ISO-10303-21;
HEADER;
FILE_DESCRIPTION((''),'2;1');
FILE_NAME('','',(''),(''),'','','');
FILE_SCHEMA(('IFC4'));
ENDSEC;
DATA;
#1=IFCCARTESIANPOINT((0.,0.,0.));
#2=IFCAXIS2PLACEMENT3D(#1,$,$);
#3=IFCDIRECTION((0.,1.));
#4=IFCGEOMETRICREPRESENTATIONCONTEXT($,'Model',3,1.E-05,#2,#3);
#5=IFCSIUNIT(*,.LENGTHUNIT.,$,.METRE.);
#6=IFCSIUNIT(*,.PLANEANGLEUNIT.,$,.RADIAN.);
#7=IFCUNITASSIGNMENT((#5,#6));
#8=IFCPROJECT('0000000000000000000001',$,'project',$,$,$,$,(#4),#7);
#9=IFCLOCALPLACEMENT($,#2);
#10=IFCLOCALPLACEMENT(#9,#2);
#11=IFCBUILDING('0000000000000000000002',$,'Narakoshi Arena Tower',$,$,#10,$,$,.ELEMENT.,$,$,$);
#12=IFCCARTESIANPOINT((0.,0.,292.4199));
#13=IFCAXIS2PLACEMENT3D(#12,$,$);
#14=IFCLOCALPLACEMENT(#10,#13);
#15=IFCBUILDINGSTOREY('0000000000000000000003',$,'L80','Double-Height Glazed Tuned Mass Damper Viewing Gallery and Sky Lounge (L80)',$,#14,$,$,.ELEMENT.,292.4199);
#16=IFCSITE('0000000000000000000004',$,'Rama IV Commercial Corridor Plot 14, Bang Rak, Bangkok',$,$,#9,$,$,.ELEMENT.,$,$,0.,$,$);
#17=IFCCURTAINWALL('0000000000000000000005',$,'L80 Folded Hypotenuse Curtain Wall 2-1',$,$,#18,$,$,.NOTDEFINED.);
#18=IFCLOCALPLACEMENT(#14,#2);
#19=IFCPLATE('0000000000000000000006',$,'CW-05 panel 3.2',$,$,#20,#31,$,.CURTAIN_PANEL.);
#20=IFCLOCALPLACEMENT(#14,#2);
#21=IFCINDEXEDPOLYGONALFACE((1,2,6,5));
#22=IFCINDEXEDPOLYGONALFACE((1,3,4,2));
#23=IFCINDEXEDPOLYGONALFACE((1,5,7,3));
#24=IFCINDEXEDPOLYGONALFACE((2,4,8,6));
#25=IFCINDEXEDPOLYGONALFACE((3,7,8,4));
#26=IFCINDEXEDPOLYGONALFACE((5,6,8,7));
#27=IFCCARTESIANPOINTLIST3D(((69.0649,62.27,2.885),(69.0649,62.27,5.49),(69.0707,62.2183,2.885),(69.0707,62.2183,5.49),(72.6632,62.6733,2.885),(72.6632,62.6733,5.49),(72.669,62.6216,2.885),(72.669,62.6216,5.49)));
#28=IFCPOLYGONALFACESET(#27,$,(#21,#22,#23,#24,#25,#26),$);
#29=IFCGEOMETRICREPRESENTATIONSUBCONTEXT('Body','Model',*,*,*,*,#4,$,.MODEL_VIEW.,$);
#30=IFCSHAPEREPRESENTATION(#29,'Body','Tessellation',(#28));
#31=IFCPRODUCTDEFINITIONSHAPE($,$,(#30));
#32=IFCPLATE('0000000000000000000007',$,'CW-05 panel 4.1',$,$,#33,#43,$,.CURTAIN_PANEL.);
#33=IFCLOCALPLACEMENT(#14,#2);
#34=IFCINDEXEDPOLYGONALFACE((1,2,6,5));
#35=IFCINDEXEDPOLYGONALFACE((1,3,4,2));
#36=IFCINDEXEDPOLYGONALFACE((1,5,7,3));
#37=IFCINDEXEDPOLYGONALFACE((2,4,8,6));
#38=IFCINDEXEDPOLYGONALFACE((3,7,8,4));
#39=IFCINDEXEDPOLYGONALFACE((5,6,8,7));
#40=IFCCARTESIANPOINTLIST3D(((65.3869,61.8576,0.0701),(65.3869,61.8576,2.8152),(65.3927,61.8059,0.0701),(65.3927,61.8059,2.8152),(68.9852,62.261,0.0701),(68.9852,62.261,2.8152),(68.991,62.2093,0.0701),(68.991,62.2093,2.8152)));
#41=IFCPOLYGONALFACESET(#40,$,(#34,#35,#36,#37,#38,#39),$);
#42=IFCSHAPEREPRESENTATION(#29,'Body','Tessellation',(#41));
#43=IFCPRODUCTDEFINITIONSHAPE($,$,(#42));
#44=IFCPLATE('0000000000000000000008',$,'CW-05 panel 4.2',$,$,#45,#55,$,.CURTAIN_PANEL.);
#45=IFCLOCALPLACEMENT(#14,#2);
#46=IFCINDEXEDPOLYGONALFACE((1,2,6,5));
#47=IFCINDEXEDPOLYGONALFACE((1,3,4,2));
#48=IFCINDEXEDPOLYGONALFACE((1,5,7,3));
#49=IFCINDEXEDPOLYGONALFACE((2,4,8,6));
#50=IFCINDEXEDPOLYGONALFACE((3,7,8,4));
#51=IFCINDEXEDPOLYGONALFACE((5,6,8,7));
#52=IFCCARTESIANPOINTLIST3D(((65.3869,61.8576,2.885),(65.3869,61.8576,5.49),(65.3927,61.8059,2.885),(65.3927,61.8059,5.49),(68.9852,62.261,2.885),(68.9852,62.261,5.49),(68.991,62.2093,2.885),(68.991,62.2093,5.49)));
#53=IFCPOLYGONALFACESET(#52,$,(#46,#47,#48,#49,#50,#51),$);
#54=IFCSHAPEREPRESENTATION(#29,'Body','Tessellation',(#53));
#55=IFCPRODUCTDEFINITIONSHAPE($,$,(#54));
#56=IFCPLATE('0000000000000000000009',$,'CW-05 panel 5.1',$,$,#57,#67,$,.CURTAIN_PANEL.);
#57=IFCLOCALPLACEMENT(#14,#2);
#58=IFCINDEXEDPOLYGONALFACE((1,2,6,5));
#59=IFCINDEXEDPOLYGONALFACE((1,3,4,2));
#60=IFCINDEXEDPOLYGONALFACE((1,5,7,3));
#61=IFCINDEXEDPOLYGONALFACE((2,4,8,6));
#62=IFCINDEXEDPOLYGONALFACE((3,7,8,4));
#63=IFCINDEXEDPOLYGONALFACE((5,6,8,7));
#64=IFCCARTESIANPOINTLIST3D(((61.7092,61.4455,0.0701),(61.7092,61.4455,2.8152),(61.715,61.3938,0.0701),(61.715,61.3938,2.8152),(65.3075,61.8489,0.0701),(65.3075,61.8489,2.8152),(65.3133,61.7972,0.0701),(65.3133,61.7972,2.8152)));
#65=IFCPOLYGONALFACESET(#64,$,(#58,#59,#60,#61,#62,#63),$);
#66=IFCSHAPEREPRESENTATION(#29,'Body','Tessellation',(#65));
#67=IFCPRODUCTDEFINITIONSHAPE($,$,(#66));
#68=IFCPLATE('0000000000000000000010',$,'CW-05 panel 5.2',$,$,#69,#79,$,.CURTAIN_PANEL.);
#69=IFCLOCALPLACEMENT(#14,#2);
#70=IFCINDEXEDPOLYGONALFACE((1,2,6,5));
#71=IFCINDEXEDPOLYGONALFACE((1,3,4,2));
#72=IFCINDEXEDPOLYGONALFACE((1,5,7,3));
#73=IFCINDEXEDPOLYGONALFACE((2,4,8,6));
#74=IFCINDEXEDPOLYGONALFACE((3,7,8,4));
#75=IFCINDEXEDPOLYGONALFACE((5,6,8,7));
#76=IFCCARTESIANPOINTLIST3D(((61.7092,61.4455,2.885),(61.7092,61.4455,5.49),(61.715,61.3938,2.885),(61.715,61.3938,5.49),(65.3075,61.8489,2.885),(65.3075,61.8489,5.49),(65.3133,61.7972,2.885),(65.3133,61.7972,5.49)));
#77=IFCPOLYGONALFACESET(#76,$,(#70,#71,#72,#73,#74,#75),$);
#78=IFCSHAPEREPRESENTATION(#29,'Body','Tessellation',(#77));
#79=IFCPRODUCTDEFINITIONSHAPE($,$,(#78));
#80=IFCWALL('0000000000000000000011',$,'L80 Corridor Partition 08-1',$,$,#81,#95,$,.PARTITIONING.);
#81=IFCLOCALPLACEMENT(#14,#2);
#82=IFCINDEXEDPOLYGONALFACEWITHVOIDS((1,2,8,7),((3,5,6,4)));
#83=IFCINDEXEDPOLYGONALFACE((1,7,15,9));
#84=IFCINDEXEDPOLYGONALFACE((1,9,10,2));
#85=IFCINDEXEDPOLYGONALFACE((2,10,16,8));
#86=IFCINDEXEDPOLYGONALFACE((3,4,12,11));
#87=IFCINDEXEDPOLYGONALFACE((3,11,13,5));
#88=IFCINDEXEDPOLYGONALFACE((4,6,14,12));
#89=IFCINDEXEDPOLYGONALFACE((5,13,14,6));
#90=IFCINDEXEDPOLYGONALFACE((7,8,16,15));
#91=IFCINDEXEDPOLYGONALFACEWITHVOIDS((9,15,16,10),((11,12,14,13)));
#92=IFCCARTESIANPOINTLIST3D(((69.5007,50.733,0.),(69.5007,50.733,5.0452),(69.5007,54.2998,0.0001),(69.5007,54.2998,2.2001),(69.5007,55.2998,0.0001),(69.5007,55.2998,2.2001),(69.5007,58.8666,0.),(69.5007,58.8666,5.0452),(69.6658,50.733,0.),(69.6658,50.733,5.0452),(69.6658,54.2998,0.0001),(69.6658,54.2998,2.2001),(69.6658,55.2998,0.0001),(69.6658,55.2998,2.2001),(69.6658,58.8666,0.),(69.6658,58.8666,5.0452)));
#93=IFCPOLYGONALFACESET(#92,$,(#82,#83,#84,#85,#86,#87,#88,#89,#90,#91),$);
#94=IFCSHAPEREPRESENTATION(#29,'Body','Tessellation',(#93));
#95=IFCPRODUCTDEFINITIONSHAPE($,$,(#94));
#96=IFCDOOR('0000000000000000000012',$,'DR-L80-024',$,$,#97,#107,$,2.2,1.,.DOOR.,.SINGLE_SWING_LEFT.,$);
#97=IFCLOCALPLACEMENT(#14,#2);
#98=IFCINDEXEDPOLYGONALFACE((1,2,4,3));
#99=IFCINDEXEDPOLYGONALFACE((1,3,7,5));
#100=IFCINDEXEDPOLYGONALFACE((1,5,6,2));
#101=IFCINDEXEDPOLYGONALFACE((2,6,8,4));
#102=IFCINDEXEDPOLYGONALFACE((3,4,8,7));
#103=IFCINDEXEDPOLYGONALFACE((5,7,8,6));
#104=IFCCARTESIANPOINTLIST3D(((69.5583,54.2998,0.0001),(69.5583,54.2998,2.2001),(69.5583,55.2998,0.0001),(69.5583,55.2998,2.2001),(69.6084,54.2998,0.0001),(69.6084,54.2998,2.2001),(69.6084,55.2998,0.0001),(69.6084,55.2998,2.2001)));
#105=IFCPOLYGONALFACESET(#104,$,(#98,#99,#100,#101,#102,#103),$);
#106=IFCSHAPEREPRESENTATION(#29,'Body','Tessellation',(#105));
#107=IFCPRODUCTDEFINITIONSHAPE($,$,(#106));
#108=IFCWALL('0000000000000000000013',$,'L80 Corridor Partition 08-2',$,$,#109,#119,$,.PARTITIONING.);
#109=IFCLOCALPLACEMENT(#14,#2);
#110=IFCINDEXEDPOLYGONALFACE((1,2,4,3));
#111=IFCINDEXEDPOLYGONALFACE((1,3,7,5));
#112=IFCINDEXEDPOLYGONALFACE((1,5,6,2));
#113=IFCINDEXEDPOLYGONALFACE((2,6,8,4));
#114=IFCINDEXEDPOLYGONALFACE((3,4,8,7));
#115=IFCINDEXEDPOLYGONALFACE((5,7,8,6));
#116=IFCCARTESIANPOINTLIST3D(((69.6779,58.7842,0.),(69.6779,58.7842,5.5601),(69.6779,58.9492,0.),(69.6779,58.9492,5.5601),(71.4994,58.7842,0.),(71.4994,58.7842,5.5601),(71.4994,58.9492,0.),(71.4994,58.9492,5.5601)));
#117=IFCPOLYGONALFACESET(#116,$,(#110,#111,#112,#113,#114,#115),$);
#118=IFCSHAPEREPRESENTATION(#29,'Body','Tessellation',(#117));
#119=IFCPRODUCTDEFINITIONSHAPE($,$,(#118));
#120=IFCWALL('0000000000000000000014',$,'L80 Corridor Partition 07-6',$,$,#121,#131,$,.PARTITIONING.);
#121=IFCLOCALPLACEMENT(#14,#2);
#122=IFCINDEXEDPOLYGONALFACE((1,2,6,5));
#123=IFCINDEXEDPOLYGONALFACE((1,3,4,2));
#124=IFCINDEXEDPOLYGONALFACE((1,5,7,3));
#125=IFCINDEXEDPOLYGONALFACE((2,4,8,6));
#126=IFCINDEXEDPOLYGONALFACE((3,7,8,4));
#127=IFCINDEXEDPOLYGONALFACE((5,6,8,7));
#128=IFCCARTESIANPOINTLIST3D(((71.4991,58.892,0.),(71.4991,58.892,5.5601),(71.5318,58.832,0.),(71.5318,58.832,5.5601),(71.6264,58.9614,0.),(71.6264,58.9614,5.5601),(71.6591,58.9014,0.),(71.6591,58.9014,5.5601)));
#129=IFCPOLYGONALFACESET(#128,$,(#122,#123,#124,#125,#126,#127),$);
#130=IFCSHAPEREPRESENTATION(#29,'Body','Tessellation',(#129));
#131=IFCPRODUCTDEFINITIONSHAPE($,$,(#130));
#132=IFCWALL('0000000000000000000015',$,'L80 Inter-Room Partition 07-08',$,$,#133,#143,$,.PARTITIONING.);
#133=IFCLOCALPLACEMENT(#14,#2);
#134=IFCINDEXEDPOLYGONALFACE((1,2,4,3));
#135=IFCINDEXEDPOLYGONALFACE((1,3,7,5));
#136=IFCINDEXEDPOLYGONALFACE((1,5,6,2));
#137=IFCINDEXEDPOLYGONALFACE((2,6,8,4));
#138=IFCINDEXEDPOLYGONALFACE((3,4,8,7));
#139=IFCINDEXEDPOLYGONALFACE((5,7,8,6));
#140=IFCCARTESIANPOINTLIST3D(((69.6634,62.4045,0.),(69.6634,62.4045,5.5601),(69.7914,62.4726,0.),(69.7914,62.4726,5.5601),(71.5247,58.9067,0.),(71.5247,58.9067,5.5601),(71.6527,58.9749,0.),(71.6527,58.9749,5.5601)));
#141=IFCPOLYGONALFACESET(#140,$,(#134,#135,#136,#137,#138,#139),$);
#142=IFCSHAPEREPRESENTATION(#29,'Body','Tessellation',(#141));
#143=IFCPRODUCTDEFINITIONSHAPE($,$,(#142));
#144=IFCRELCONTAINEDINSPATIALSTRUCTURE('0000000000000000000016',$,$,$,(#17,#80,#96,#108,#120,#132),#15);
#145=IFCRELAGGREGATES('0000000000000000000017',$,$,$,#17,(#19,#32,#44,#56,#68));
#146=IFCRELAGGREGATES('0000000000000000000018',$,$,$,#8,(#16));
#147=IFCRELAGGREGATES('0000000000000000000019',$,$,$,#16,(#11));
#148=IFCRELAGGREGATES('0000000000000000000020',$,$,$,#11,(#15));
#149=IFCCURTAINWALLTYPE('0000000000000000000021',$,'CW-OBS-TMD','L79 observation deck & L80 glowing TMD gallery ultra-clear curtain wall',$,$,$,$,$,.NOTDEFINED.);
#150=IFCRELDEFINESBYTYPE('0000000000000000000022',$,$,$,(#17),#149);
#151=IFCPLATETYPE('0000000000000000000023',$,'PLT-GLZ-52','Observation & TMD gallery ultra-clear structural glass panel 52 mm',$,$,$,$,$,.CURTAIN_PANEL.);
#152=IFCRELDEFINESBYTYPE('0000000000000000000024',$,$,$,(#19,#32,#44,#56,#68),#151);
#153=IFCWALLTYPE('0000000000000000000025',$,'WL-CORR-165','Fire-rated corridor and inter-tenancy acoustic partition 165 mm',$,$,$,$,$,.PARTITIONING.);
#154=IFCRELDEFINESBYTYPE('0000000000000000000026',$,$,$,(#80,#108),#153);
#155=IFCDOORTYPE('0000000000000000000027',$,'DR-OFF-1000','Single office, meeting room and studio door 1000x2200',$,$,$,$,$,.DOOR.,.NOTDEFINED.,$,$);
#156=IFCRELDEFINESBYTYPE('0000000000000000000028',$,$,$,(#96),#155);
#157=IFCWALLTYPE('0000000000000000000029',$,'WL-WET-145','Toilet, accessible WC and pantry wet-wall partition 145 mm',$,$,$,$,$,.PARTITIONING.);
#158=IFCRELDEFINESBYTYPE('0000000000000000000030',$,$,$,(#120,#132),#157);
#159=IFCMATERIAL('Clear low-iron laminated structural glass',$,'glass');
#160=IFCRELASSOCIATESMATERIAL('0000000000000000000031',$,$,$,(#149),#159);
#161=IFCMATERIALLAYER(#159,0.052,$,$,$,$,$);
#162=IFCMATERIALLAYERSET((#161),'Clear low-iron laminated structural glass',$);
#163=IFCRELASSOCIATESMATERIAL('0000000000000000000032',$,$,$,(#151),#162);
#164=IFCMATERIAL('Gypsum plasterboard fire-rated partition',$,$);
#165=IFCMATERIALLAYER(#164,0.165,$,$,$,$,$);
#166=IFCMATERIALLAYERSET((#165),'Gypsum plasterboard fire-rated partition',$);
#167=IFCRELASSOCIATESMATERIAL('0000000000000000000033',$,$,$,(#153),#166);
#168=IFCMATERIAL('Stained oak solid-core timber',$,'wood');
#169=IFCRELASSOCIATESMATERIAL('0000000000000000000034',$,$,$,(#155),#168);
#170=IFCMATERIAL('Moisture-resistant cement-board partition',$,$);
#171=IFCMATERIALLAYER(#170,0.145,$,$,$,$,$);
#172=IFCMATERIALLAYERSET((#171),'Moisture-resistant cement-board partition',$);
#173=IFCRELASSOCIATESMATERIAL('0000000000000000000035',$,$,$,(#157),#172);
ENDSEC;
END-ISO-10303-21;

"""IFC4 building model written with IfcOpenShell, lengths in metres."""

from ifc_helpers import new_model, si_unit, direction, frame, frame_2d, origin, origin_2d, place, context, subcontext, project, spatial, rectangle, extrude, material, layer, layer_set, type_object, element, fill, aggregate, save


model = new_model("IFC4")

# Units and contexts
model_context = context("Model", 3, precision=1e-05, world=origin(), true_north=direction((0.0, 1.0)))
body_context = subcontext(model_context, "Body", "Model", "MODEL_VIEW")
ifc_project = project(units=[si_unit("LENGTHUNIT", "METRE"), si_unit("PLANEANGLEUNIT", "RADIAN")], contexts=[model_context])

# Site, building, storey
site_placement = place(None, origin())
site = spatial("IfcSite", under=ifc_project, at=site_placement, Name="Rama IV Commercial Corridor Plot 14, Bang Rak, Bangkok", CompositionType="ELEMENT", RefElevation=0.0)
building_placement = place(site_placement, origin())
building = spatial("IfcBuilding", under=site, at=building_placement, Name="Narakoshi Arena Tower", CompositionType="ELEMENT")
storey_placement = place(building_placement, frame((0.0, 0.0, 292.4199)))
storey = spatial("IfcBuildingStorey", under=building, at=storey_placement, Name="L80", Description="Double-Height Glazed Tuned Mass Damper Viewing Gallery and Sky Lounge (L80)", CompositionType="ELEMENT", Elevation=292.4199)

# Curtain wall, plates
ifc_material_1 = material(Name="Clear low-iron laminated structural glass", Category="glass")
curtain_wall_type = type_object("IfcCurtainWallType", Name="CW-OBS-TMD", Description="L79 observation deck & L80 glowing TMD gallery ultra-clear curtain wall", PredefinedType="NOTDEFINED", material=ifc_material_1)
curtain_wall_placement = place(storey_placement, origin())
curtain_wall = element("IfcCurtainWall", 1, at=curtain_wall_placement, inside=storey, type_object=curtain_wall_type, Name="L80 Folded Hypotenuse Curtain Wall 2-1", PredefinedType="NOTDEFINED")
ifc_layer_1 = layer(ifc_material_1, 0.052)
ifc_layer_set_1 = layer_set([ifc_layer_1], Name="Clear low-iron laminated structural glass")
plate_type = type_object("IfcPlateType", Name="PLT-GLZ-52", Description="Observation & TMD gallery ultra-clear structural glass panel 52 mm", PredefinedType="CURTAIN_PANEL", material=ifc_layer_set_1)
plate_1_placement = place(storey_placement, frame((70.8669, 62.4458, 2.885), z_axis=(0.0, 0.0, 1.0), x_axis=(-0.993776, -0.111397, 0.0)))
plate_1 = element("IfcPlate", 2, at=plate_1_placement, type_object=plate_type, Name="CW-05 panel 3.2", PredefinedType="CURTAIN_PANEL", context=body_context, shape_type="SweptSolid", body=[
    extrude(rectangle(XDim=3.6208, YDim=0.052, at=origin_2d()), origin(), (0.0, 0.0, 1.0), 2.605),
])
plate_2_placement = place(storey_placement, frame((67.189, 62.0334, 0.0701), z_axis=(0.0, 0.0, 1.0), x_axis=(-0.993776, -0.111397, 0.0)))
plate_2 = element("IfcPlate", 3, at=plate_2_placement, type_object=plate_type, Name="CW-05 panel 4.1", PredefinedType="CURTAIN_PANEL", context=body_context, shape_type="SweptSolid", body=[
    extrude(rectangle(XDim=3.6208, YDim=0.052, at=origin_2d()), origin(), (0.0, 0.0, 1.0), 2.7451),
])
plate_3_placement = place(storey_placement, frame((67.189, 62.0334, 2.885), z_axis=(0.0, 0.0, 1.0), x_axis=(-0.993776, -0.111397, 0.0)))
plate_3 = element("IfcPlate", 4, at=plate_3_placement, type_object=plate_type, Name="CW-05 panel 4.2", PredefinedType="CURTAIN_PANEL", context=body_context, shape_type="SweptSolid", body=[
    extrude(rectangle(XDim=3.6208, YDim=0.052, at=origin_2d()), origin(), (0.0, 0.0, 1.0), 2.605),
])
plate_4_placement = place(storey_placement, frame((63.5112, 61.6213, 0.0701), z_axis=(0.0, 0.0, 1.0), x_axis=(-0.993776, -0.111397, 0.0)))
plate_4 = element("IfcPlate", 5, at=plate_4_placement, type_object=plate_type, Name="CW-05 panel 5.1", PredefinedType="CURTAIN_PANEL", context=body_context, shape_type="SweptSolid", body=[
    extrude(rectangle(XDim=3.6208, YDim=0.052, at=origin_2d()), origin(), (0.0, 0.0, 1.0), 2.7451),
])
plate_5_placement = place(storey_placement, frame((63.5112, 61.6213, 2.885), z_axis=(0.0, 0.0, 1.0), x_axis=(-0.993776, -0.111397, 0.0)))
plate_5 = element("IfcPlate", 6, at=plate_5_placement, type_object=plate_type, Name="CW-05 panel 5.2", PredefinedType="CURTAIN_PANEL", context=body_context, shape_type="SweptSolid", body=[
    extrude(rectangle(XDim=3.6208, YDim=0.052, at=origin_2d()), origin(), (0.0, 0.0, 1.0), 2.605),
])
aggregate(curtain_wall, [plate_1, plate_2, plate_3, plate_4, plate_5])

# Wall, opening, door
ifc_material_2 = material(Name="Gypsum plasterboard fire-rated partition")
ifc_layer_2 = layer(ifc_material_2, 0.165)
ifc_layer_set_2 = layer_set([ifc_layer_2], Name="Gypsum plasterboard fire-rated partition")
wall_type_1 = type_object("IfcWallType", Name="WL-CORR-165", Description="Fire-rated corridor and inter-tenancy acoustic partition 165 mm", PredefinedType="PARTITIONING", material=ifc_layer_set_2)
wall_1_placement = place(storey_placement, frame((69.5833, 58.8667, 0.0), z_axis=(0.0, 0.0, 1.0), x_axis=(0.0, -1.0, 0.0)))
wall_1 = element("IfcWall", 7, at=wall_1_placement, inside=storey, type_object=wall_type_1, Name="L80 Corridor Partition 08-1", PredefinedType="PARTITIONING", context=body_context, shape_type="SweptSolid", body=[
    extrude(rectangle(XDim=8.1335, YDim=0.165, at=frame_2d((4.0669, 0.0))), origin(), (0.0, 0.0, 1.0), 5.0452),
])
opening_placement = place(wall_1_placement, frame((3.5669, 0.0, 0.0)))
opening = element("IfcOpeningElement", 8, at=opening_placement, cuts=wall_1, PredefinedType="OPENING", context=body_context, shape_type="SweptSolid", body=[
    extrude(rectangle(XDim=1.0, YDim=2.2, at=frame_2d((0.5, 1.1001))), frame((0.0, 0.0925, 0.0), z_axis=(0.0, -1.0, 0.0), x_axis=(1.0, 0.0, 0.0)), (0.0, 0.0, 1.0), 0.1851),
])
ifc_material_3 = material(Name="Stained oak solid-core timber", Category="wood")
door_type = type_object("IfcDoorType", Name="DR-OFF-1000", Description="Single office, meeting room and studio door 1000x2200", OperationType="NOTDEFINED", PredefinedType="DOOR", material=ifc_material_3)
door_placement = place(opening_placement, frame((1.0, 0.0, 0.0), z_axis=(0.0, 0.0, 1.0), x_axis=(-1.0, 0.0, 0.0)))
door = element("IfcDoor", 9, at=door_placement, inside=storey, type_object=door_type, Name="DR-L80-024", OperationType="SINGLE_SWING_LEFT", OverallHeight=2.2, OverallWidth=1.0, PredefinedType="DOOR", context=body_context, shape_type="SweptSolid", body=[
    extrude(rectangle(XDim=1.0, YDim=2.2, at=frame_2d((0.5, 1.1001))), frame((0.0, 0.0249, 0.0), z_axis=(0.0, -1.0, 0.0), x_axis=(1.0, 0.0, 0.0)), (0.0, 0.0, 1.0), 0.05),
])
fill(opening, door)

# Walls
wall_2_placement = place(storey_placement, frame((71.4993, 58.8667, 0.0), z_axis=(0.0, 0.0, 1.0), x_axis=(-1.0, 0.0, 0.0)))
element("IfcWall", 10, at=wall_2_placement, inside=storey, type_object=wall_type_1, Name="L80 Corridor Partition 08-2", PredefinedType="PARTITIONING", context=body_context, shape_type="SweptSolid", body=[
    extrude(rectangle(XDim=1.8215, YDim=0.165, at=frame_2d((0.9106, 0.0))), origin(), (0.0, 0.0, 1.0), 5.5601),
])
ifc_material_4 = material(Name="Moisture-resistant cement-board partition")
ifc_layer_3 = layer(ifc_material_4, 0.145)
ifc_layer_set_3 = layer_set([ifc_layer_3], Name="Moisture-resistant cement-board partition")
wall_type_2 = type_object("IfcWallType", Name="WL-WET-145", Description="Toilet, accessible WC and pantry wet-wall partition 145 mm", PredefinedType="PARTITIONING", material=ifc_layer_set_3)
wall_3_placement = place(storey_placement, frame((71.5955, 58.8667, 0.0), z_axis=(0.0, 0.0, 1.0), x_axis=(-0.478352, 0.878168, 0.0)))
element("IfcWall", 11, at=wall_3_placement, inside=storey, type_object=wall_type_2, Name="L80 Corridor Partition 07-6", PredefinedType="PARTITIONING", context=body_context, shape_type="SweptSolid", body=[
    extrude(rectangle(XDim=0.0684, YDim=0.145, at=frame_2d((0.0342, 0.0))), origin(), (0.0, 0.0, 1.0), 5.5601),
])
wall_4_placement = place(storey_placement, frame((71.5886, 58.9409, 0.0), z_axis=(0.0, 0.0, 1.0), x_axis=(-0.469769, 0.882789, 0.0)))
element("IfcWall", 12, at=wall_4_placement, inside=storey, type_object=wall_type_2, Name="L80 Inter-Room Partition 07-08", PredefinedType="PARTITIONING", context=body_context, shape_type="SweptSolid", body=[
    extrude(rectangle(XDim=3.9622, YDim=0.145, at=frame_2d((1.981, 0.0))), origin(), (0.0, 0.0, 1.0), 5.5601),
])

save(model, "model.ifc")
